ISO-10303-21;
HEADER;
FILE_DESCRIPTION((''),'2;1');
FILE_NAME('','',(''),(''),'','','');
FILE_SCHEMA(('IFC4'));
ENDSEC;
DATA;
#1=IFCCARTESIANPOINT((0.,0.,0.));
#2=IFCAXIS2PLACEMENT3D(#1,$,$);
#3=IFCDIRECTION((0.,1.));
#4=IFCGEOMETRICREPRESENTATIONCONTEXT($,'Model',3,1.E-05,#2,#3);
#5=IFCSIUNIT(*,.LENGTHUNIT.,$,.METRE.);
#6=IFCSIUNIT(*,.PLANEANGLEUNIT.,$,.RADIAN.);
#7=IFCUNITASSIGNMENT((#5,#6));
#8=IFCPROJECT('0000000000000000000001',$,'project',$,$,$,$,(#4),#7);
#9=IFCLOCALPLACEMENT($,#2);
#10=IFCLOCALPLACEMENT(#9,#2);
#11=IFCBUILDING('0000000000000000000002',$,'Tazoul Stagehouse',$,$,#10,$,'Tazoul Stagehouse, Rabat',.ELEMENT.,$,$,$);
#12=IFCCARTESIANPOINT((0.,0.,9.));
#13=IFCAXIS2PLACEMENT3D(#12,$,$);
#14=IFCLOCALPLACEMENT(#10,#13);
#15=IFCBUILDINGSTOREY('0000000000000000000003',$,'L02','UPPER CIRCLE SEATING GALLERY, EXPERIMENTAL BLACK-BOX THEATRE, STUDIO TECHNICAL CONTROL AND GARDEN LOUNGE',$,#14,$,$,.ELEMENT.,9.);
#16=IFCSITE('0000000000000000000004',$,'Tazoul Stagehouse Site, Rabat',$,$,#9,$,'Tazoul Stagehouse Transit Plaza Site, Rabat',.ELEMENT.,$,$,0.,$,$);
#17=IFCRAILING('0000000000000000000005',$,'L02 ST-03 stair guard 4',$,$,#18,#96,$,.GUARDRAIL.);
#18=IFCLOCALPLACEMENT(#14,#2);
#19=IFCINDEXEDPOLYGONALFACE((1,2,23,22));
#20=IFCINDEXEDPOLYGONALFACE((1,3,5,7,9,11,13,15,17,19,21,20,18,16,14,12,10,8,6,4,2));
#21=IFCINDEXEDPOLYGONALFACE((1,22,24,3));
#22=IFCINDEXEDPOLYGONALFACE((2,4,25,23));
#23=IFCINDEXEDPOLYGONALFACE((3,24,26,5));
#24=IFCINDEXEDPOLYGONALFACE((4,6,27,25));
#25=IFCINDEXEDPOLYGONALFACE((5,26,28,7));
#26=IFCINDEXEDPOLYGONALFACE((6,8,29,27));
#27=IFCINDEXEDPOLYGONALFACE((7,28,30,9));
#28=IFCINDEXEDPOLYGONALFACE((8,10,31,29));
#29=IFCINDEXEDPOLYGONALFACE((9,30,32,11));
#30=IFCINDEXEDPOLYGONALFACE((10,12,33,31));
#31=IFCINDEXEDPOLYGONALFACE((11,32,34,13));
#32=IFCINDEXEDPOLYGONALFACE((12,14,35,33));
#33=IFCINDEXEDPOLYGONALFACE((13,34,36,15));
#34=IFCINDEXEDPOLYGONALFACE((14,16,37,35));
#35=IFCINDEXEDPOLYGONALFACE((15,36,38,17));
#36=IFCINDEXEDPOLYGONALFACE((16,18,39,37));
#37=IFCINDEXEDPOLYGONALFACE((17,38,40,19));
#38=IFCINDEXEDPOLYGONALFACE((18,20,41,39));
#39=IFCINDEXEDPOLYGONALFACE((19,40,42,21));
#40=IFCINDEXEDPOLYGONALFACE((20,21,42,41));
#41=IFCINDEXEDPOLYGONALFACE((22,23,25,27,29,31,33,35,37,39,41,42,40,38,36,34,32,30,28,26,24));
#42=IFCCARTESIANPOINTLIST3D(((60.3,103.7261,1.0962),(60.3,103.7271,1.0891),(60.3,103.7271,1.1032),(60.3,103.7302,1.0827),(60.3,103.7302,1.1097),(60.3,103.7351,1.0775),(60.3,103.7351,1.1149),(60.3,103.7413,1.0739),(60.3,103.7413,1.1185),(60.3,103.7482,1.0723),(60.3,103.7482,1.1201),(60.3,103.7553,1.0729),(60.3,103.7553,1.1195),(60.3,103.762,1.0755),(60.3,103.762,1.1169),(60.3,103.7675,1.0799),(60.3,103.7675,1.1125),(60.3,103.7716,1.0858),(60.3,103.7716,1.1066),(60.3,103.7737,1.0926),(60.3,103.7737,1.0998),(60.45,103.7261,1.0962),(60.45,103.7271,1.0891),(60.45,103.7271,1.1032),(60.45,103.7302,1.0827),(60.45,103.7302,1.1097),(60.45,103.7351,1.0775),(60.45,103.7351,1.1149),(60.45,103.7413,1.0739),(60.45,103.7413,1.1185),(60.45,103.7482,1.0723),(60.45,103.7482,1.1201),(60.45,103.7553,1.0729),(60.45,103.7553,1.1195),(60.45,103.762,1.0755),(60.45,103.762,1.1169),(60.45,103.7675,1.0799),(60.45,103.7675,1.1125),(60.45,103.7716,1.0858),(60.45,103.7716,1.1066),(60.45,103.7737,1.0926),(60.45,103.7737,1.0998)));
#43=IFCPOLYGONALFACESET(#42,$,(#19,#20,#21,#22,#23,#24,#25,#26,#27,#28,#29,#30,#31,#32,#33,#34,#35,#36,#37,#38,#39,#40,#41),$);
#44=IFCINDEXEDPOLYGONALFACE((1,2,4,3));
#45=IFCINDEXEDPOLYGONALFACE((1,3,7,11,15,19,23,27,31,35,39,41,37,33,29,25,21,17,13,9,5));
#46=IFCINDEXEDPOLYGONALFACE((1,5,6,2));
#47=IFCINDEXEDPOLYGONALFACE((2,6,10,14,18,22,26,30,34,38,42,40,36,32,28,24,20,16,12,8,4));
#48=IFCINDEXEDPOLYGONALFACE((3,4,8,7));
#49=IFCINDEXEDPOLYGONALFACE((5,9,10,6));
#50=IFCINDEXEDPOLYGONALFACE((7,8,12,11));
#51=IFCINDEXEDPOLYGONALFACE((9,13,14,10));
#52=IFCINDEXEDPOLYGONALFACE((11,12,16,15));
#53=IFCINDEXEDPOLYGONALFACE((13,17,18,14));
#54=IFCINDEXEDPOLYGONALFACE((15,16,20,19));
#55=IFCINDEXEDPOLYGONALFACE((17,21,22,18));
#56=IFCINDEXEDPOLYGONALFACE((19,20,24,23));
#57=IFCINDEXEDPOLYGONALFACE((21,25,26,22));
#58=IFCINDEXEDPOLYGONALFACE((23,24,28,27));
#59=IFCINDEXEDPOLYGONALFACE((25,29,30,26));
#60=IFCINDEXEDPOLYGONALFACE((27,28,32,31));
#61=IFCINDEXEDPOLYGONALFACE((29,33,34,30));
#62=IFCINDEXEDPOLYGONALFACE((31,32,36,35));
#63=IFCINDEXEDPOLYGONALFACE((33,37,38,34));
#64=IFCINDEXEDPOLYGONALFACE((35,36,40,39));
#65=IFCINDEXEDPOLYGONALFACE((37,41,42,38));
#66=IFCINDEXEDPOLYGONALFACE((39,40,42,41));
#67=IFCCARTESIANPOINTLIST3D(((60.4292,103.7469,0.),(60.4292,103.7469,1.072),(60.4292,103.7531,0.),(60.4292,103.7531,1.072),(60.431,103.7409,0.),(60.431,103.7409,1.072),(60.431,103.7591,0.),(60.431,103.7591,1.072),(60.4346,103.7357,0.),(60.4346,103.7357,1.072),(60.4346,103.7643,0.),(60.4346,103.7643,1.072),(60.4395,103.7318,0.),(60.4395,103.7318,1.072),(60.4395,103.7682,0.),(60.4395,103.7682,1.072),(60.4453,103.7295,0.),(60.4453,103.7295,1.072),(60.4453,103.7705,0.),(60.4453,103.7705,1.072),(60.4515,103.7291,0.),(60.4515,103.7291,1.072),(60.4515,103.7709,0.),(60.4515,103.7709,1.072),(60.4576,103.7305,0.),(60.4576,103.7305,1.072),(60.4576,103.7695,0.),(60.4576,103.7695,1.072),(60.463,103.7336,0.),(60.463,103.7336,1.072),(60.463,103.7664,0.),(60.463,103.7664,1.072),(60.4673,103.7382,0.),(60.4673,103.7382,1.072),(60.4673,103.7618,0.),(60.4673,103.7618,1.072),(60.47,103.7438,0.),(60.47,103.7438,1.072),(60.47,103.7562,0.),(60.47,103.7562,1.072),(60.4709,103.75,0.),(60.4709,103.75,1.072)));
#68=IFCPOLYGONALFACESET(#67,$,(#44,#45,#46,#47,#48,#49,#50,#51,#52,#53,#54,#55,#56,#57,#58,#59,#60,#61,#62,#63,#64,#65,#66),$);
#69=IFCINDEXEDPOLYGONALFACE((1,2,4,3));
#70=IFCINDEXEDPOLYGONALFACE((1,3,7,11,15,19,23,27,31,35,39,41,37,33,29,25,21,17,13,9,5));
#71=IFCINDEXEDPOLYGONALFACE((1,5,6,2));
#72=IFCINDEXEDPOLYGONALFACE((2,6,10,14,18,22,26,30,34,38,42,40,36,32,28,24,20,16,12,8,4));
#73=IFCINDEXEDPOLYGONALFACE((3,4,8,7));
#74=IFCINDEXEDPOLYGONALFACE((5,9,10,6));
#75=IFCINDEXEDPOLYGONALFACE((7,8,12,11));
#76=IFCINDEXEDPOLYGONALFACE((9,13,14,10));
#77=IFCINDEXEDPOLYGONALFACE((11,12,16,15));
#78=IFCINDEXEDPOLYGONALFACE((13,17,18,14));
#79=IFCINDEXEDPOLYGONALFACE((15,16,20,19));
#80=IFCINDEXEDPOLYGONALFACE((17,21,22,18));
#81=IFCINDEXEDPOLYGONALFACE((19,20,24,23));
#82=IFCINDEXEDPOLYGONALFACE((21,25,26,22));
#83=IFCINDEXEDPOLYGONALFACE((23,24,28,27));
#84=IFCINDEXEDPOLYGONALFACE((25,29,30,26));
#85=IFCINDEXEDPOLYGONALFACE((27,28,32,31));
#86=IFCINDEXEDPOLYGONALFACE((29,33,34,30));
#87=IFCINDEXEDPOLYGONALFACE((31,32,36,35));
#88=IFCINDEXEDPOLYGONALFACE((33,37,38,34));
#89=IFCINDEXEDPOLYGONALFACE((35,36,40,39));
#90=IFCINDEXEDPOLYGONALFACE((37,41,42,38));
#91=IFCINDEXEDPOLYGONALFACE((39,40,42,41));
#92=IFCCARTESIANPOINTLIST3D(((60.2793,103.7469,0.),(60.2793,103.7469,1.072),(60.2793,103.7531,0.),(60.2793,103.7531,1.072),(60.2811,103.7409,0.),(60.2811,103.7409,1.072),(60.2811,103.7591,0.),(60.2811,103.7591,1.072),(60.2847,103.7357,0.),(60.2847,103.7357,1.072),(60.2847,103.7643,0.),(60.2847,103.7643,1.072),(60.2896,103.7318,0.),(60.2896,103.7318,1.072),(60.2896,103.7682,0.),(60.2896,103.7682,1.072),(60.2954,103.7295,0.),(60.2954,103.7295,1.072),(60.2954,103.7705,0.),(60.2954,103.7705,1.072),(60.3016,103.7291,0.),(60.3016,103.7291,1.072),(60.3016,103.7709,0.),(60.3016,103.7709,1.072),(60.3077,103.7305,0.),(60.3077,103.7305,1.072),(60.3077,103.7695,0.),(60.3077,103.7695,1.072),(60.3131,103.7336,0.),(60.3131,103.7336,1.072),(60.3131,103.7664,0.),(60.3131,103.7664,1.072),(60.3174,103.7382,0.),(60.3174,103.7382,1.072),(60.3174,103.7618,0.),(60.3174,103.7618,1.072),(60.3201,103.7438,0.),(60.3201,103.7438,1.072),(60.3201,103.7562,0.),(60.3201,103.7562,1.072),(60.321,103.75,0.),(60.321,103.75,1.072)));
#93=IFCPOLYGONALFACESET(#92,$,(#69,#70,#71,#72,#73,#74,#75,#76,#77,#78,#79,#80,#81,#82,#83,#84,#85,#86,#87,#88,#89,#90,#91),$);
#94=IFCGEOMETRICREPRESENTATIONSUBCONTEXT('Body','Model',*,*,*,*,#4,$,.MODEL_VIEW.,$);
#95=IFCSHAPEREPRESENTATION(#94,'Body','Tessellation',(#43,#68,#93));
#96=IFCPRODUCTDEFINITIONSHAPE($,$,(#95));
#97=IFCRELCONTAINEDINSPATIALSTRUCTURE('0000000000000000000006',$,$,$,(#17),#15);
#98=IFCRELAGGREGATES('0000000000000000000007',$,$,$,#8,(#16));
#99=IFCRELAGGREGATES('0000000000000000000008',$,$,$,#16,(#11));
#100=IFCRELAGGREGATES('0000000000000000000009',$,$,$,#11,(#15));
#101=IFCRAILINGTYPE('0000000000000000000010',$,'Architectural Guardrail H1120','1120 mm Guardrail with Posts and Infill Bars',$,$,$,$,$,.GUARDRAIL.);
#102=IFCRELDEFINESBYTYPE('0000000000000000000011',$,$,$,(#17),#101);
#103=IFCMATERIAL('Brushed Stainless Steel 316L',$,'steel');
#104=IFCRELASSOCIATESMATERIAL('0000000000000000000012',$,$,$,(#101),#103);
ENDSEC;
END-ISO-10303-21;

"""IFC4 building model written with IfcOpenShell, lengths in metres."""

from ifc_helpers import new_model, si_unit, direction, frame, origin, origin_2d, place, context, subcontext, project, spatial, circle, extrude, material, material_profile, profile_set, type_object, element, save


model = new_model("IFC4")

# Units and contexts
model_context = context("Model", 3, precision=1e-05, world=origin(), true_north=direction((0.0, 1.0)))
body_context = subcontext(model_context, "Body", "Model", "MODEL_VIEW")
ifc_project = project(units=[si_unit("LENGTHUNIT", "METRE"), si_unit("PLANEANGLEUNIT", "RADIAN")], contexts=[model_context])

# Site, building, storey
site_placement = place(None, origin())
site = spatial("IfcSite", under=ifc_project, at=site_placement, Name="Tazoul Stagehouse Site, Rabat", LongName="Tazoul Stagehouse Transit Plaza Site, Rabat", CompositionType="ELEMENT", RefElevation=0.0)
building_placement = place(site_placement, origin())
building = spatial("IfcBuilding", under=site, at=building_placement, Name="Tazoul Stagehouse", LongName="Tazoul Stagehouse, Rabat", CompositionType="ELEMENT")
storey_placement = place(building_placement, frame((0.0, 0.0, 9.0)))
storey = spatial("IfcBuildingStorey", under=building, at=storey_placement, Name="L02", Description="UPPER CIRCLE SEATING GALLERY, EXPERIMENTAL BLACK-BOX THEATRE, STUDIO TECHNICAL CONTROL AND GARDEN LOUNGE", CompositionType="ELEMENT", Elevation=9.0)

# Railing
ifc_material_1 = material(Name="Brushed Stainless Steel 316L", Category="steel")
ifc_material_profile_1 = material_profile(ifc_material_1, circle(Radius=0.0239, at=origin_2d()), Name="SS RAIL D48")
ifc_profile_set_1 = profile_set([ifc_material_profile_1], Name="Brushed Stainless Steel 316L")
railing_type_1 = type_object("IfcRailingType", Name="Architectural Guardrail H1120", Description="1120 mm Guardrail with Posts and Infill Bars", PredefinedType="GUARDRAIL", material=ifc_profile_set_1)
railing_1_placement = place(storey_placement, frame((60.45, 103.75, 0.0)))
element("IfcRailing", 1, at=railing_1_placement, inside=storey, type_object=railing_type_1, Name="L02 ST-03 stair guard 4", PredefinedType="GUARDRAIL", context=body_context, shape_type="SweptSolid", body=[
    extrude(circle(Radius=0.0239, at=origin_2d()), frame((0.0, 0.0, 1.0962), z_axis=(-1.0, 0.0, 0.0), x_axis=(0.0, -1.0, 0.0)), (0.0, 0.0, 1.0), 0.1499),
    extrude(circle(Radius=0.021, at=origin_2d()), origin(), (0.0, 0.0, 1.0), 1.072),
    extrude(circle(Radius=0.021, at=origin_2d()), frame((-0.1499, 0.0, 0.0)), (0.0, 0.0, 1.0), 1.072),
])

save(model, "model.ifc")
